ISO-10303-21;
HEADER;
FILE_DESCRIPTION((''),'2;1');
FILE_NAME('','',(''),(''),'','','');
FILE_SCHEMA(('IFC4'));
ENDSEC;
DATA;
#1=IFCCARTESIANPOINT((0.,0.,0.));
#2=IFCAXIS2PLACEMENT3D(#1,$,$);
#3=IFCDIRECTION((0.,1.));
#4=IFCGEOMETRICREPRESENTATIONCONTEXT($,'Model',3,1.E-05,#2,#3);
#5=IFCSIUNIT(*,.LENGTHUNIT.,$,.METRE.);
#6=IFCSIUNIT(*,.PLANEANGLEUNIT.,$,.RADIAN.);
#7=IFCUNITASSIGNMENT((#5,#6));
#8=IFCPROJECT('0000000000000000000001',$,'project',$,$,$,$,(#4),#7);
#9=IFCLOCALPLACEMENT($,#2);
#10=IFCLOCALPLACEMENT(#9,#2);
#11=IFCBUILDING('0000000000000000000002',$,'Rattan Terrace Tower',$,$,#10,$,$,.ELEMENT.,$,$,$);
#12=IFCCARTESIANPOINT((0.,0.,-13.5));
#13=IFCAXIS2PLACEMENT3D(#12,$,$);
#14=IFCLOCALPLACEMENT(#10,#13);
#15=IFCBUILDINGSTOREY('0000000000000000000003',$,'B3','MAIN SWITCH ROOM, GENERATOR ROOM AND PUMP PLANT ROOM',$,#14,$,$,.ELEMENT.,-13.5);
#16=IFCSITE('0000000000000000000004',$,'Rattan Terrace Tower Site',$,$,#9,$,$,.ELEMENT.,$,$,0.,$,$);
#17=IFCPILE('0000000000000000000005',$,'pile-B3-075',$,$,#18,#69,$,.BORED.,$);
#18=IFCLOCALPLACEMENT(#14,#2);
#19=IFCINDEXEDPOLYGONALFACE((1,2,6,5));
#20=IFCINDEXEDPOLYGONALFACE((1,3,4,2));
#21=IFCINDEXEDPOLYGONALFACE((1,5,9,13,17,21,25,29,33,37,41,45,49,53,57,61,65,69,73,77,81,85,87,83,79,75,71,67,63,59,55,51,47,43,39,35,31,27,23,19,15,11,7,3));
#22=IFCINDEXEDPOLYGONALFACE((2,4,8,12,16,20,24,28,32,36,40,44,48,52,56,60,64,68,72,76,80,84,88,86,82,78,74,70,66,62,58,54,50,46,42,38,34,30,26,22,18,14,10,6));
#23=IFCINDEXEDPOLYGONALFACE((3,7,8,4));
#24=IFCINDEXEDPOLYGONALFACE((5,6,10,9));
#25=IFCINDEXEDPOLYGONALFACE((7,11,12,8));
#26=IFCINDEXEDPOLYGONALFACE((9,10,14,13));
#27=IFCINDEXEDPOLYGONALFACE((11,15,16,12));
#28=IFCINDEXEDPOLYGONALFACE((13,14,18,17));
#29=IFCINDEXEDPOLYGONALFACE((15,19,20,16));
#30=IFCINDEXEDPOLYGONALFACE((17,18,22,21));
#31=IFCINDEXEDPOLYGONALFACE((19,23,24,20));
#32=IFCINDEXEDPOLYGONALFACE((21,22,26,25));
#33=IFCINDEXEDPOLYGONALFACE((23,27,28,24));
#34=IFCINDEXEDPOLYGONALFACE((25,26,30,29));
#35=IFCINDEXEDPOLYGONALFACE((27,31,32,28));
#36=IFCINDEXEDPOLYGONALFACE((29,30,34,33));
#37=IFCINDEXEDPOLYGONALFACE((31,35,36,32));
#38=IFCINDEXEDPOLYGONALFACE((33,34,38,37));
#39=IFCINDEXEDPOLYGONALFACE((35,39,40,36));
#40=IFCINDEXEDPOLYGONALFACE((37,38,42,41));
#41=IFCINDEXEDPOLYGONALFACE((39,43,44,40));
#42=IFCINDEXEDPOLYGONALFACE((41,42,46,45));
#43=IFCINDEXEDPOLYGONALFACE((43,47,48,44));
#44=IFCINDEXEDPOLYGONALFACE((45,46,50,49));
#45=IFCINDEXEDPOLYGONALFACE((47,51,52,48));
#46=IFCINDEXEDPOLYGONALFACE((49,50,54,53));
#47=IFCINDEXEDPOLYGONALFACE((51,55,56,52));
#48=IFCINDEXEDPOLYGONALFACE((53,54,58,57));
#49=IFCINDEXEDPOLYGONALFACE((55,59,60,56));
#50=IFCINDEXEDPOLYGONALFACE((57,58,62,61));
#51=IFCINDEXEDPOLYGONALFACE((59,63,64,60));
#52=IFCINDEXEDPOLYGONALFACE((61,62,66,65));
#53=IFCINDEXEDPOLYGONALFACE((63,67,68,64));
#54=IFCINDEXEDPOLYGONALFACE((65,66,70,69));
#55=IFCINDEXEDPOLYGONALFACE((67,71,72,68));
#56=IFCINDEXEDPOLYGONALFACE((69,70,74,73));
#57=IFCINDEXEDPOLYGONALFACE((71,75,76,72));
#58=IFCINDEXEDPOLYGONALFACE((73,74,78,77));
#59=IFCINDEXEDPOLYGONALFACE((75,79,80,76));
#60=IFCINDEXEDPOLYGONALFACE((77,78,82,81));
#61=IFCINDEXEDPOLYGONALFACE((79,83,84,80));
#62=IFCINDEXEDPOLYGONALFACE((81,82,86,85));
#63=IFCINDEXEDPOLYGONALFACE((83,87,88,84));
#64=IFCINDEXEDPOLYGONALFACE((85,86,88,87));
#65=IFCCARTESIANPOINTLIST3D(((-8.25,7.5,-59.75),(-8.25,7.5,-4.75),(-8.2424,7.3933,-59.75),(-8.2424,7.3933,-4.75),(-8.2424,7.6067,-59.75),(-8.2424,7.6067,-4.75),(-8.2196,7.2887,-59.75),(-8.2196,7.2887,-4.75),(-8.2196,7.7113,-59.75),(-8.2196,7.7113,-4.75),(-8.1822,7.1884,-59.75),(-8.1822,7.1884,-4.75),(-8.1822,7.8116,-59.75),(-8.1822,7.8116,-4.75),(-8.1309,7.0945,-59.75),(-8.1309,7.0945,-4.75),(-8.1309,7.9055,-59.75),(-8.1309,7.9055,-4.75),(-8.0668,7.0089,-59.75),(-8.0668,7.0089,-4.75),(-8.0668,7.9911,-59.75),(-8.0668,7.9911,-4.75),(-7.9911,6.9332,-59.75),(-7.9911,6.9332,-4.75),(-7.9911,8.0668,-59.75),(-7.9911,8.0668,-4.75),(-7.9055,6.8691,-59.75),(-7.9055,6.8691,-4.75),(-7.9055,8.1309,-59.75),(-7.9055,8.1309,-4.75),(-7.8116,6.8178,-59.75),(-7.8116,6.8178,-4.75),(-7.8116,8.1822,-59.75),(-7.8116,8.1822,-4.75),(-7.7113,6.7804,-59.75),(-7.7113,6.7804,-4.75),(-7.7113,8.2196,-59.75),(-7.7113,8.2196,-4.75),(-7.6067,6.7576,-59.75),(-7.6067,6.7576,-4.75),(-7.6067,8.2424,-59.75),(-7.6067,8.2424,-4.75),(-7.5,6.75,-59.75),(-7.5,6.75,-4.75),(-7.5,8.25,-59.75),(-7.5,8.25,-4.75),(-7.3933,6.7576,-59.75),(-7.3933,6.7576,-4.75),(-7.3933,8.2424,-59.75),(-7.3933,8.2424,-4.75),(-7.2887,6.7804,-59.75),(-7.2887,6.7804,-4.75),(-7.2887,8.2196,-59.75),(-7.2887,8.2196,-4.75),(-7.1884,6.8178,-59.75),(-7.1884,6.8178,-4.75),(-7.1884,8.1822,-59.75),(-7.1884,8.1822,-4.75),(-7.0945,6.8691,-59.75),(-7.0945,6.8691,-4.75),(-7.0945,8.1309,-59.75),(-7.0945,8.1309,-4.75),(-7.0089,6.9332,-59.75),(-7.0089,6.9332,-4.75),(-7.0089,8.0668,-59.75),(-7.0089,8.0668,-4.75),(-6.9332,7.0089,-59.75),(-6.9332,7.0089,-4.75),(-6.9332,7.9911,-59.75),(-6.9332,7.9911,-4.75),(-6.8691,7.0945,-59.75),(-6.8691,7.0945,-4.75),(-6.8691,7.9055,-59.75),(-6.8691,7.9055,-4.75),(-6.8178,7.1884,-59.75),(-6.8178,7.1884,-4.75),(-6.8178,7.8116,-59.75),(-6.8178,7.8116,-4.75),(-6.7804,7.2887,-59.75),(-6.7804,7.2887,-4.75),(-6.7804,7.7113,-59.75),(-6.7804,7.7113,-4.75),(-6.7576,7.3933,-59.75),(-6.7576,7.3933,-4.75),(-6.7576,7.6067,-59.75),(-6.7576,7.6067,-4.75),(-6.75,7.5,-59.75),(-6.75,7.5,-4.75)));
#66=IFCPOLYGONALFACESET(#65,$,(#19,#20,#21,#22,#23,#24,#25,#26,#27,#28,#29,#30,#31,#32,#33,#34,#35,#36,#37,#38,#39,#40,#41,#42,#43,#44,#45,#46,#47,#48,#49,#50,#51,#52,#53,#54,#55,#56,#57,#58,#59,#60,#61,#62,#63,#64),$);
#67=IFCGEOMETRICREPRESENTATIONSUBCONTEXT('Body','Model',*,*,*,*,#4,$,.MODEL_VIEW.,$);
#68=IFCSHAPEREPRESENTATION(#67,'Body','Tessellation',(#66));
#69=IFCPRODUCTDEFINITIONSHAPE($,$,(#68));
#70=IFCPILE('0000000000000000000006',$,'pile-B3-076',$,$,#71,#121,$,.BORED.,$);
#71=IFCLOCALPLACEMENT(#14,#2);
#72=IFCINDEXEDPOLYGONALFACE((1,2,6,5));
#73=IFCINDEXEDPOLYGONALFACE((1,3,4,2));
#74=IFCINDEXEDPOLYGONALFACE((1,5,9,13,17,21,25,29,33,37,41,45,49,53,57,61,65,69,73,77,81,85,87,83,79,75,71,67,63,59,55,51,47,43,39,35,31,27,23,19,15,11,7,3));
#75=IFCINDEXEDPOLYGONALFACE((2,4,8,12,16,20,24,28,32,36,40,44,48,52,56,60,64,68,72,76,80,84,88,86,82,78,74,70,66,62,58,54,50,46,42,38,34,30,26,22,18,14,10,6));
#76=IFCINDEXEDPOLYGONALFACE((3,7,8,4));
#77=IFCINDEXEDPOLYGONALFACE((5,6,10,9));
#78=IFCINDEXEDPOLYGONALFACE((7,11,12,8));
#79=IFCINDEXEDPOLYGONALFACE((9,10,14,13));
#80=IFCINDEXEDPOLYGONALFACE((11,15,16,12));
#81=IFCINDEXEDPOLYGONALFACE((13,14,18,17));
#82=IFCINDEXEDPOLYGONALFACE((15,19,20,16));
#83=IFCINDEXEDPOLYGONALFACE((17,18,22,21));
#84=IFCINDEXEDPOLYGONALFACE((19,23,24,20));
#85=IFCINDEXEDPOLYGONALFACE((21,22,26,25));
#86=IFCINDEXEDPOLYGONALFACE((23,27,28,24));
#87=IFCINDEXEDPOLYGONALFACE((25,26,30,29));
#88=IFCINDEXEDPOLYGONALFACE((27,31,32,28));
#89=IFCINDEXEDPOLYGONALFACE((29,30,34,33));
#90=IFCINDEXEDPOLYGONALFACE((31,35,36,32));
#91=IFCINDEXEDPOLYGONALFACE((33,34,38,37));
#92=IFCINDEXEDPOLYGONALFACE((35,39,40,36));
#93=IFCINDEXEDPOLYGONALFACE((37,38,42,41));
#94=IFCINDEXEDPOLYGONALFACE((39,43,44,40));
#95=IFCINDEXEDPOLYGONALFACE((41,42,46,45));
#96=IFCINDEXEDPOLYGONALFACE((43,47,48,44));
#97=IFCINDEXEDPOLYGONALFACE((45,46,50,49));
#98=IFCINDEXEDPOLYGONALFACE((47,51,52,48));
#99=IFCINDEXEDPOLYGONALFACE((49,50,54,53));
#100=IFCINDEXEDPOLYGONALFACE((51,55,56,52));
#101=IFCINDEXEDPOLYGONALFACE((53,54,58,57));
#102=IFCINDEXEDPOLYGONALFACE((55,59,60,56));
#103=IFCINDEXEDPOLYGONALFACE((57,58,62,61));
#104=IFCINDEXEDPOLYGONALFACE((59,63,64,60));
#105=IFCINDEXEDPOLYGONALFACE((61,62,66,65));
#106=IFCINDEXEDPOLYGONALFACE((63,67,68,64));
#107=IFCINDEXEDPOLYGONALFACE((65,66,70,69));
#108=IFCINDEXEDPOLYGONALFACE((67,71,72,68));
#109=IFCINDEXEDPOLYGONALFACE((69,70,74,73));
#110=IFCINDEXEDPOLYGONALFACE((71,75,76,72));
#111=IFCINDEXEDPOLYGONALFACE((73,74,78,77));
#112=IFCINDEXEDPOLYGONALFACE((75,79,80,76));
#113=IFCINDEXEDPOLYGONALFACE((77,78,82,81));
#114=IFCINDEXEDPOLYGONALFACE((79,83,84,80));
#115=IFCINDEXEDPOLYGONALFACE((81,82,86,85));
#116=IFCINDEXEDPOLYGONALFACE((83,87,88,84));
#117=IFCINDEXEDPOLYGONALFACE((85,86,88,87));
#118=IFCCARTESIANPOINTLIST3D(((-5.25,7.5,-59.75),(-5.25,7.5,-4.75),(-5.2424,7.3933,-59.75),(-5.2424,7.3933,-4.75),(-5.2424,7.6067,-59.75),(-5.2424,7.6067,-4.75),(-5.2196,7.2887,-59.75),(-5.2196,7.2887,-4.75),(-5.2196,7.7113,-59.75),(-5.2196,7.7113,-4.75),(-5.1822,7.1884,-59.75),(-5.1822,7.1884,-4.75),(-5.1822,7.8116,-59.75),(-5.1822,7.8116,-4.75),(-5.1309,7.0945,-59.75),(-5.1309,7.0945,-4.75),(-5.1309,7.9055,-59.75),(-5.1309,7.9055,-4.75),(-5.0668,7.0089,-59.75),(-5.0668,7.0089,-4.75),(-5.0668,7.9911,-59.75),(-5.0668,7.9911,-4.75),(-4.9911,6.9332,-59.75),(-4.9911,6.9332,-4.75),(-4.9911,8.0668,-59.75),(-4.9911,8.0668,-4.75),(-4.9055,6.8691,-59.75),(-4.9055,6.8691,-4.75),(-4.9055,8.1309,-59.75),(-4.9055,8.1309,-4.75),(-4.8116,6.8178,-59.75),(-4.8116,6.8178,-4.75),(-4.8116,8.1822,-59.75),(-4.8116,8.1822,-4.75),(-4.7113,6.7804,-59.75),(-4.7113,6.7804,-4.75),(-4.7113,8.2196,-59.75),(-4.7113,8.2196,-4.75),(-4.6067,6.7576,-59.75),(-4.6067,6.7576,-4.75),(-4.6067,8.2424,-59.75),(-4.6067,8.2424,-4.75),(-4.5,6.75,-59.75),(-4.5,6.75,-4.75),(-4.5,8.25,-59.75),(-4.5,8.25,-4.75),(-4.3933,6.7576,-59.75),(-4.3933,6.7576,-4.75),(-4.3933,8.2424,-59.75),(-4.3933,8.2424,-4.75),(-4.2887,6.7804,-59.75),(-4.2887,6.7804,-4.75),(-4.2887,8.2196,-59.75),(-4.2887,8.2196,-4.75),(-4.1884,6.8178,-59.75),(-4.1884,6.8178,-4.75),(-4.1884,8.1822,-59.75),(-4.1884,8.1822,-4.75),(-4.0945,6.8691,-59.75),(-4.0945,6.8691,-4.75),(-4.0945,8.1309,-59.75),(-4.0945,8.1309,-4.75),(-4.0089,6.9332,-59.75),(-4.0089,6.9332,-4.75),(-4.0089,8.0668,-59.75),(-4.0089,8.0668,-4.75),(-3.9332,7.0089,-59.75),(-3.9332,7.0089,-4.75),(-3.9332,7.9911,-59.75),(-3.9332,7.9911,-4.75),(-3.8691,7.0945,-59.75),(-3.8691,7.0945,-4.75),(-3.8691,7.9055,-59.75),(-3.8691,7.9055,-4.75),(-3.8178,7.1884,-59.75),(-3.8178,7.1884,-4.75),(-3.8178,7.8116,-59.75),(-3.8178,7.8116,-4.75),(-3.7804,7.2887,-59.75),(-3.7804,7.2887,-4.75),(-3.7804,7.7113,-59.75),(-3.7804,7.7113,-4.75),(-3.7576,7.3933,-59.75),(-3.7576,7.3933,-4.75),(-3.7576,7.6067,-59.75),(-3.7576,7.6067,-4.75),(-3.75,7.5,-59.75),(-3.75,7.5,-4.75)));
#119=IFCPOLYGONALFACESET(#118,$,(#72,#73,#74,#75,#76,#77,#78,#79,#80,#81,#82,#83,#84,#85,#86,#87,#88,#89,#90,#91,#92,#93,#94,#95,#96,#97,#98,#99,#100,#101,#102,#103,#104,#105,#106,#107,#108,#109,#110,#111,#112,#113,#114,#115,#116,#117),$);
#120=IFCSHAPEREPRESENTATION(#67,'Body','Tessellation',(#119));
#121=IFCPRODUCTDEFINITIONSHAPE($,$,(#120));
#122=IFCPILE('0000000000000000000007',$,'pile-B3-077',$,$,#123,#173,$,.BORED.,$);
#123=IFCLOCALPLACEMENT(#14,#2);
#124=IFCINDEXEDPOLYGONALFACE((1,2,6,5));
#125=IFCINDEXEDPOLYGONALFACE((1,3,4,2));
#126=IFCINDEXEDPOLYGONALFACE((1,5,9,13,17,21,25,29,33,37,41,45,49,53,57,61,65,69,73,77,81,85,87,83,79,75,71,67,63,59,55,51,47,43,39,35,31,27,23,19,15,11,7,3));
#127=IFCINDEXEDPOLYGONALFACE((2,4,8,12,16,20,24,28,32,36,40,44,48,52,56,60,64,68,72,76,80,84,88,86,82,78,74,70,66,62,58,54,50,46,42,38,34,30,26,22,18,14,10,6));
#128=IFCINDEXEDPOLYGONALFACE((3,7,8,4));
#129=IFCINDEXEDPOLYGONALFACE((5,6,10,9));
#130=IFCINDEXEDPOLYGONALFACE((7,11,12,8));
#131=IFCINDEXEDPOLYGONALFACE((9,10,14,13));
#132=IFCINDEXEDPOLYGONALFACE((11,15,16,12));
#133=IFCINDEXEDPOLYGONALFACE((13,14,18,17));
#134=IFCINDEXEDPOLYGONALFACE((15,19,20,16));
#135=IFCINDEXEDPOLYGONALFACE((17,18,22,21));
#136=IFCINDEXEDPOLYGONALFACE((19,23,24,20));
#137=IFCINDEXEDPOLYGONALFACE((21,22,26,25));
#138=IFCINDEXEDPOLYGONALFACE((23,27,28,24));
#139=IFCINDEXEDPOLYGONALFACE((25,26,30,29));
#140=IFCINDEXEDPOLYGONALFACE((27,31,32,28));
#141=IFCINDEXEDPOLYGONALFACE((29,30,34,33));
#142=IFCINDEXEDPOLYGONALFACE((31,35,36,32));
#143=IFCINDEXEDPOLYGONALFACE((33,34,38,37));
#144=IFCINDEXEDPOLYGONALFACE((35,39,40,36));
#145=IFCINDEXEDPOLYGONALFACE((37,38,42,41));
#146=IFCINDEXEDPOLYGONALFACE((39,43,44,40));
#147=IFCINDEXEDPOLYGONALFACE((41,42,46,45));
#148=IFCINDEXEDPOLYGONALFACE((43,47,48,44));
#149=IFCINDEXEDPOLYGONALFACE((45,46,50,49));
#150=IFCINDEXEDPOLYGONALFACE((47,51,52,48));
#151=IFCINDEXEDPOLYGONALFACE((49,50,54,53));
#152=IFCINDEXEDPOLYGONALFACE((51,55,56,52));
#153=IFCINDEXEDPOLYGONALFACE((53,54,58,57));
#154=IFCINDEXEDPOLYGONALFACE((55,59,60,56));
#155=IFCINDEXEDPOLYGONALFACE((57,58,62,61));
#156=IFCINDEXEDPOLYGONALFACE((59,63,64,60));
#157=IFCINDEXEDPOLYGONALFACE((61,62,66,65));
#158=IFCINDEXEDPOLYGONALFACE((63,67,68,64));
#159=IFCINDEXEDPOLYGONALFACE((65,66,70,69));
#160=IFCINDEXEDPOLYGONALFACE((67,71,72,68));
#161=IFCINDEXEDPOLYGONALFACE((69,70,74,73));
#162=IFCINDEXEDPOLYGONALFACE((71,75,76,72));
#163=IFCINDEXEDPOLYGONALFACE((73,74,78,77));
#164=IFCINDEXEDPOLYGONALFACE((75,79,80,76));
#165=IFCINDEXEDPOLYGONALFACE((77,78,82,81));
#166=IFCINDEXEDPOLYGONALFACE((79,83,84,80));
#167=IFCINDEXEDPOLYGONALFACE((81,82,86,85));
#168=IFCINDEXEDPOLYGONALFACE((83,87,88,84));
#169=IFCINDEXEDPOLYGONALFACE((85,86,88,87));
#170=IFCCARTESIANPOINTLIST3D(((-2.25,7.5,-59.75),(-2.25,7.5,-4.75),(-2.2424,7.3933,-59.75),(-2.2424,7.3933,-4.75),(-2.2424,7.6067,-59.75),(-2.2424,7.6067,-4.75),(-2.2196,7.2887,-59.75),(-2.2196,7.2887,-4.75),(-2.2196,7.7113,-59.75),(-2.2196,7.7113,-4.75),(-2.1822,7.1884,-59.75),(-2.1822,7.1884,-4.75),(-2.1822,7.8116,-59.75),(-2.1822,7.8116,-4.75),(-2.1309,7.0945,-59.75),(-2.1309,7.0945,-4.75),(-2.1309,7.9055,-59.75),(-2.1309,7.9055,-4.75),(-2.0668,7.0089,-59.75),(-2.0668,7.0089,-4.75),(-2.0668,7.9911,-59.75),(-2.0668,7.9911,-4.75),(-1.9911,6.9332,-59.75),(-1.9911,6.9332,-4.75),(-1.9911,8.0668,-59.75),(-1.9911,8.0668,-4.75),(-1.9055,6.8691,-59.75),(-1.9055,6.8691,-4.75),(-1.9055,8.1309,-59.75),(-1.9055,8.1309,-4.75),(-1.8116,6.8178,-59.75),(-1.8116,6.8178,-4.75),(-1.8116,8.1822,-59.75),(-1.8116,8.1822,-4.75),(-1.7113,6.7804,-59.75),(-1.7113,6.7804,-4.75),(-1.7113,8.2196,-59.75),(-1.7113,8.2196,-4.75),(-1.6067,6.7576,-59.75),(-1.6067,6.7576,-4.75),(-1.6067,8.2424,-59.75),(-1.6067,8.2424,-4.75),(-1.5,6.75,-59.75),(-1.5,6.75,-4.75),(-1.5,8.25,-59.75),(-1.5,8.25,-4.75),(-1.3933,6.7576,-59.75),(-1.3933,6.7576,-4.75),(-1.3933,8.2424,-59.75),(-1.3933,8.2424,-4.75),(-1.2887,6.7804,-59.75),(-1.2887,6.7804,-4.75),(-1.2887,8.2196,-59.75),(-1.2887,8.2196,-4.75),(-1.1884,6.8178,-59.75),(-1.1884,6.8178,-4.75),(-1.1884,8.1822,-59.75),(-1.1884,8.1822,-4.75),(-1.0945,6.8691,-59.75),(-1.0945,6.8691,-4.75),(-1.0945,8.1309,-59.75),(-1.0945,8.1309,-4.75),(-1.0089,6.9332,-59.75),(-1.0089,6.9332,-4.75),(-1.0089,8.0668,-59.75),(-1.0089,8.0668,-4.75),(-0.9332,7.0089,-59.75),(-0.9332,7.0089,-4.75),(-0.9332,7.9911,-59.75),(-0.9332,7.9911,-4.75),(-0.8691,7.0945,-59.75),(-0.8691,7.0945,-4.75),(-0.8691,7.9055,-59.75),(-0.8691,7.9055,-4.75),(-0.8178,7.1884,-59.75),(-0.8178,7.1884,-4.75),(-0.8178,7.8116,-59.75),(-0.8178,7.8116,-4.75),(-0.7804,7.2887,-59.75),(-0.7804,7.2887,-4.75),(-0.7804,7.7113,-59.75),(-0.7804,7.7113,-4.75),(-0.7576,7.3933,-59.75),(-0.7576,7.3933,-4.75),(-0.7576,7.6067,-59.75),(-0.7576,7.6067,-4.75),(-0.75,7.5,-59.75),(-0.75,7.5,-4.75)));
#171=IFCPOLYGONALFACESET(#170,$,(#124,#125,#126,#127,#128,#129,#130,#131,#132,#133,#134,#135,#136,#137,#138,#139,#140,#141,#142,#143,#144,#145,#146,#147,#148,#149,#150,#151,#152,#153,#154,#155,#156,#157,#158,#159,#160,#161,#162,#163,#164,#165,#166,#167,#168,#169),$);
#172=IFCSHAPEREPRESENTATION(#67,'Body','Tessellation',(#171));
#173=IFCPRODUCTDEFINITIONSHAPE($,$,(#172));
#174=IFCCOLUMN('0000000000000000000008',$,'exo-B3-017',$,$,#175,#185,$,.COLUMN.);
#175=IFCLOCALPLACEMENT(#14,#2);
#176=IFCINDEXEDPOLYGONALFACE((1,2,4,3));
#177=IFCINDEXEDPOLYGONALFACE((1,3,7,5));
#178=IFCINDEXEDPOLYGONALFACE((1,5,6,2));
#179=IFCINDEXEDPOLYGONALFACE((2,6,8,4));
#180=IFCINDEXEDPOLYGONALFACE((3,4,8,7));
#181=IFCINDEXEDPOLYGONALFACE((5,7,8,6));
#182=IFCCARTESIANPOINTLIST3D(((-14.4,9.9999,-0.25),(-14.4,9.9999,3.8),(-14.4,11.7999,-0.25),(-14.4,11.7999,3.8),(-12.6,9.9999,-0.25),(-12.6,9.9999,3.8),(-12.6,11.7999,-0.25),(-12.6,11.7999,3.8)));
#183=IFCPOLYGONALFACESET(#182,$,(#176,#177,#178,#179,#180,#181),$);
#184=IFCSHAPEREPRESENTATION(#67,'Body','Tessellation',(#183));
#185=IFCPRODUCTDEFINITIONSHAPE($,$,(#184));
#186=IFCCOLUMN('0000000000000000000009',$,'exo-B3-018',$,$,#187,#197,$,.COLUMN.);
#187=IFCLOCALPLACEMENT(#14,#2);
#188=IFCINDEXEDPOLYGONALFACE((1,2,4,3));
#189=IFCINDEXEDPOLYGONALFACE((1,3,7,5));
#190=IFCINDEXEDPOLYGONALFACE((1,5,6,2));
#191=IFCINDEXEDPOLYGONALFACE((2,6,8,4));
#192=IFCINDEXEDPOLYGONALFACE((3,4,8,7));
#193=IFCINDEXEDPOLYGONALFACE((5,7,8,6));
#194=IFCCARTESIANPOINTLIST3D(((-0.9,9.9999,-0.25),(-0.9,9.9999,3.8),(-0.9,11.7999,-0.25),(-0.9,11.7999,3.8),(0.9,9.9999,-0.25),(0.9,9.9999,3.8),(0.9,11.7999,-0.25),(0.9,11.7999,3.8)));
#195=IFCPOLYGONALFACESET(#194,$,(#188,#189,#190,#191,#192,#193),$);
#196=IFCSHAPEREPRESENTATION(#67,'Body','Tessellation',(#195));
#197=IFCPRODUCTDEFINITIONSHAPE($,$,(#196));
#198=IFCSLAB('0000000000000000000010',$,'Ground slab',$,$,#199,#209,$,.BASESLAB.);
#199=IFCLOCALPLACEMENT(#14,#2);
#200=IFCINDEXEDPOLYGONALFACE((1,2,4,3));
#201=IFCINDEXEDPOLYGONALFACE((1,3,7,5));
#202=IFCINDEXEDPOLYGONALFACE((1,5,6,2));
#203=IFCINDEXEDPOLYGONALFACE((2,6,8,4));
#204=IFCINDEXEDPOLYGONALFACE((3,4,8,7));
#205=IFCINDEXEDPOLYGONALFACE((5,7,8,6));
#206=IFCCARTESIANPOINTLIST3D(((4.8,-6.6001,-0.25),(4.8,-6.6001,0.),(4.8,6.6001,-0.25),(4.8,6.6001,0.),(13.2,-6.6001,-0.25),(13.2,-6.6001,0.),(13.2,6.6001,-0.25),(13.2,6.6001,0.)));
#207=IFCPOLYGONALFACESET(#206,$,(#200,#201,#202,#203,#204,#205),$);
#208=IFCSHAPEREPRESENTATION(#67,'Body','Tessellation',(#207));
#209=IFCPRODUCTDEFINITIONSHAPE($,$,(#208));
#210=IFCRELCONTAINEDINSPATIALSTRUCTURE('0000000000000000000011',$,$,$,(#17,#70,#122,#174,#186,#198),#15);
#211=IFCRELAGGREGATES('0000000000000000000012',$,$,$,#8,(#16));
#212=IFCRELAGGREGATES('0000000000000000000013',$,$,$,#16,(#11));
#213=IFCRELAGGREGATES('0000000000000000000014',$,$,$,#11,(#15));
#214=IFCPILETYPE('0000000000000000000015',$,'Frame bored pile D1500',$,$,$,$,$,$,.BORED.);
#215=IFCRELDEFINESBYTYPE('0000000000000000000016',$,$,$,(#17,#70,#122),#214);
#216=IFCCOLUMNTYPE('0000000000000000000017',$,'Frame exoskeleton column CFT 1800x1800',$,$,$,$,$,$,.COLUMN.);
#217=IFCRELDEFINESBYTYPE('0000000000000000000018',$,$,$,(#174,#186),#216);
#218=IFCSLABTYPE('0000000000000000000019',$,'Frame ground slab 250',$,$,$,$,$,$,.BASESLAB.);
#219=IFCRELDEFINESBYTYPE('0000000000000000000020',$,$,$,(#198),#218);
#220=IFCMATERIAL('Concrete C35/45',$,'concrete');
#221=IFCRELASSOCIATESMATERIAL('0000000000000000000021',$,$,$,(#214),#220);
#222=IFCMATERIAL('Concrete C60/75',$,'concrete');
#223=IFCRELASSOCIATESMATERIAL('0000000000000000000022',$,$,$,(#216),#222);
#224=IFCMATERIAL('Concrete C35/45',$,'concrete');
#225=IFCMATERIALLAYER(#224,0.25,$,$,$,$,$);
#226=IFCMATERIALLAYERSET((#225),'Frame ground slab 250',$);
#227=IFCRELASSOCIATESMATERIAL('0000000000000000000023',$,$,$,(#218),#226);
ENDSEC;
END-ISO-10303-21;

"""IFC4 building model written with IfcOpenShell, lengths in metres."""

from ifc_helpers import new_model, si_unit, direction, frame, origin, origin_2d, place, context, subcontext, project, spatial, polyline, rectangle, circle, outline, extrude, material, layer, layer_set, material_profile, profile_set, type_object, element, save


model = new_model("IFC4")

# Units and contexts
model_context = context("Model", 3, precision=1e-05, world=origin(), true_north=direction((0.0, 1.0)))
body_context = subcontext(model_context, "Body", "Model", "MODEL_VIEW")
ifc_project = project(units=[si_unit("LENGTHUNIT", "METRE"), si_unit("PLANEANGLEUNIT", "RADIAN")], contexts=[model_context])

# Site, building, storey
site_placement = place(None, origin())
site = spatial("IfcSite", under=ifc_project, at=site_placement, Name="Rattan Terrace Tower Site", CompositionType="ELEMENT", RefElevation=0.0)
building_placement = place(site_placement, origin())
building = spatial("IfcBuilding", under=site, at=building_placement, Name="Rattan Terrace Tower", CompositionType="ELEMENT")
storey_placement = place(building_placement, frame((0.0, 0.0, -13.5)))
storey = spatial("IfcBuildingStorey", under=building, at=storey_placement, Name="B3", Description="MAIN SWITCH ROOM, GENERATOR ROOM AND PUMP PLANT ROOM", CompositionType="ELEMENT", Elevation=-13.5)

# Piles
ifc_material_1 = material(Name="Concrete C35/45", Category="concrete")
ifc_material_profile_1 = material_profile(ifc_material_1, circle(Radius=0.75, at=origin_2d()), Name="PILE D1500")
ifc_profile_set_1 = profile_set([ifc_material_profile_1], Name="Concrete C35/45")
pile_type = type_object("IfcPileType", Name="Frame bored pile D1500", PredefinedType="BORED", material=ifc_profile_set_1)
for number, where, z_axis, x_axis, name in (
    (1, (-7.5, 7.5, -4.75), (0.0, 0.0, -1.0), (1.0, 0.0, 0.0), "pile-B3-075"),
    (2, (-4.5, 7.5, -4.75), (0.0, 0.0, -1.0), (1.0, 0.0, 0.0), "pile-B3-076"),
    (3, (-1.5, 7.5, -4.75), (0.0, 0.0, -1.0), (1.0, 0.0, 0.0), "pile-B3-077"),
):
    element("IfcPile", number, at=place(storey_placement, frame(where, z_axis=z_axis, x_axis=x_axis)), inside=storey, type_object=pile_type, Name=name, PredefinedType="BORED", context=body_context, shape_type="SweptSolid", body=[
        extrude(circle(Radius=0.75, at=origin_2d()), origin(), (0.0, 0.0, 1.0), 55.0),
    ])

# Columns
ifc_material_2 = material(Name="Concrete C60/75", Category="concrete")
ifc_material_profile_2 = material_profile(ifc_material_2, rectangle(XDim=1.8, YDim=1.8, at=origin_2d()), Name="CFT 1800x1800")
ifc_profile_set_2 = profile_set([ifc_material_profile_2], Name="Concrete C60/75")
column_type = type_object("IfcColumnType", Name="Frame exoskeleton column CFT 1800x1800", PredefinedType="COLUMN", material=ifc_profile_set_2)
for number, where, z_axis, x_axis, name in (
    (4, (-13.5, 10.8999, -0.25), (0.0, 0.0, 1.0), (1.0, 0.0, 0.0), "exo-B3-017"),
    (5, (0.0, 10.8999, -0.25), (0.0, 0.0, 1.0), (1.0, 0.0, 0.0), "exo-B3-018"),
):
    element("IfcColumn", number, at=place(storey_placement, frame(where, z_axis=z_axis, x_axis=x_axis)), inside=storey, type_object=column_type, Name=name, PredefinedType="COLUMN", context=body_context, shape_type="SweptSolid", body=[
        extrude(rectangle(XDim=1.8, YDim=1.8, at=origin_2d()), origin(), (0.0, 0.0, 1.0), 4.05),
    ])

# Slab
ifc_material_3 = material(Name="Concrete C35/45", Category="concrete")
ifc_layer_1 = layer(ifc_material_3, 0.25)
ifc_layer_set_1 = layer_set([ifc_layer_1], Name="Frame ground slab 250")
slab_type = type_object("IfcSlabType", Name="Frame ground slab 250", PredefinedType="BASESLAB", material=ifc_layer_set_1)
slab_1_placement = place(storey_placement, frame((0.0, 0.0, -0.25)))
element("IfcSlab", 6, at=slab_1_placement, inside=storey, type_object=slab_type, Name="Ground slab", PredefinedType="BASESLAB", context=body_context, shape_type="SweptSolid", body=[
    extrude(outline(polyline([(4.8, 6.6001), (4.8, -6.6001), (13.2, -6.6001), (13.2, 6.6001), (4.8, 6.6001)])), origin(), (0.0, 0.0, 1.0), 0.25),
])

save(model, "model.ifc")
